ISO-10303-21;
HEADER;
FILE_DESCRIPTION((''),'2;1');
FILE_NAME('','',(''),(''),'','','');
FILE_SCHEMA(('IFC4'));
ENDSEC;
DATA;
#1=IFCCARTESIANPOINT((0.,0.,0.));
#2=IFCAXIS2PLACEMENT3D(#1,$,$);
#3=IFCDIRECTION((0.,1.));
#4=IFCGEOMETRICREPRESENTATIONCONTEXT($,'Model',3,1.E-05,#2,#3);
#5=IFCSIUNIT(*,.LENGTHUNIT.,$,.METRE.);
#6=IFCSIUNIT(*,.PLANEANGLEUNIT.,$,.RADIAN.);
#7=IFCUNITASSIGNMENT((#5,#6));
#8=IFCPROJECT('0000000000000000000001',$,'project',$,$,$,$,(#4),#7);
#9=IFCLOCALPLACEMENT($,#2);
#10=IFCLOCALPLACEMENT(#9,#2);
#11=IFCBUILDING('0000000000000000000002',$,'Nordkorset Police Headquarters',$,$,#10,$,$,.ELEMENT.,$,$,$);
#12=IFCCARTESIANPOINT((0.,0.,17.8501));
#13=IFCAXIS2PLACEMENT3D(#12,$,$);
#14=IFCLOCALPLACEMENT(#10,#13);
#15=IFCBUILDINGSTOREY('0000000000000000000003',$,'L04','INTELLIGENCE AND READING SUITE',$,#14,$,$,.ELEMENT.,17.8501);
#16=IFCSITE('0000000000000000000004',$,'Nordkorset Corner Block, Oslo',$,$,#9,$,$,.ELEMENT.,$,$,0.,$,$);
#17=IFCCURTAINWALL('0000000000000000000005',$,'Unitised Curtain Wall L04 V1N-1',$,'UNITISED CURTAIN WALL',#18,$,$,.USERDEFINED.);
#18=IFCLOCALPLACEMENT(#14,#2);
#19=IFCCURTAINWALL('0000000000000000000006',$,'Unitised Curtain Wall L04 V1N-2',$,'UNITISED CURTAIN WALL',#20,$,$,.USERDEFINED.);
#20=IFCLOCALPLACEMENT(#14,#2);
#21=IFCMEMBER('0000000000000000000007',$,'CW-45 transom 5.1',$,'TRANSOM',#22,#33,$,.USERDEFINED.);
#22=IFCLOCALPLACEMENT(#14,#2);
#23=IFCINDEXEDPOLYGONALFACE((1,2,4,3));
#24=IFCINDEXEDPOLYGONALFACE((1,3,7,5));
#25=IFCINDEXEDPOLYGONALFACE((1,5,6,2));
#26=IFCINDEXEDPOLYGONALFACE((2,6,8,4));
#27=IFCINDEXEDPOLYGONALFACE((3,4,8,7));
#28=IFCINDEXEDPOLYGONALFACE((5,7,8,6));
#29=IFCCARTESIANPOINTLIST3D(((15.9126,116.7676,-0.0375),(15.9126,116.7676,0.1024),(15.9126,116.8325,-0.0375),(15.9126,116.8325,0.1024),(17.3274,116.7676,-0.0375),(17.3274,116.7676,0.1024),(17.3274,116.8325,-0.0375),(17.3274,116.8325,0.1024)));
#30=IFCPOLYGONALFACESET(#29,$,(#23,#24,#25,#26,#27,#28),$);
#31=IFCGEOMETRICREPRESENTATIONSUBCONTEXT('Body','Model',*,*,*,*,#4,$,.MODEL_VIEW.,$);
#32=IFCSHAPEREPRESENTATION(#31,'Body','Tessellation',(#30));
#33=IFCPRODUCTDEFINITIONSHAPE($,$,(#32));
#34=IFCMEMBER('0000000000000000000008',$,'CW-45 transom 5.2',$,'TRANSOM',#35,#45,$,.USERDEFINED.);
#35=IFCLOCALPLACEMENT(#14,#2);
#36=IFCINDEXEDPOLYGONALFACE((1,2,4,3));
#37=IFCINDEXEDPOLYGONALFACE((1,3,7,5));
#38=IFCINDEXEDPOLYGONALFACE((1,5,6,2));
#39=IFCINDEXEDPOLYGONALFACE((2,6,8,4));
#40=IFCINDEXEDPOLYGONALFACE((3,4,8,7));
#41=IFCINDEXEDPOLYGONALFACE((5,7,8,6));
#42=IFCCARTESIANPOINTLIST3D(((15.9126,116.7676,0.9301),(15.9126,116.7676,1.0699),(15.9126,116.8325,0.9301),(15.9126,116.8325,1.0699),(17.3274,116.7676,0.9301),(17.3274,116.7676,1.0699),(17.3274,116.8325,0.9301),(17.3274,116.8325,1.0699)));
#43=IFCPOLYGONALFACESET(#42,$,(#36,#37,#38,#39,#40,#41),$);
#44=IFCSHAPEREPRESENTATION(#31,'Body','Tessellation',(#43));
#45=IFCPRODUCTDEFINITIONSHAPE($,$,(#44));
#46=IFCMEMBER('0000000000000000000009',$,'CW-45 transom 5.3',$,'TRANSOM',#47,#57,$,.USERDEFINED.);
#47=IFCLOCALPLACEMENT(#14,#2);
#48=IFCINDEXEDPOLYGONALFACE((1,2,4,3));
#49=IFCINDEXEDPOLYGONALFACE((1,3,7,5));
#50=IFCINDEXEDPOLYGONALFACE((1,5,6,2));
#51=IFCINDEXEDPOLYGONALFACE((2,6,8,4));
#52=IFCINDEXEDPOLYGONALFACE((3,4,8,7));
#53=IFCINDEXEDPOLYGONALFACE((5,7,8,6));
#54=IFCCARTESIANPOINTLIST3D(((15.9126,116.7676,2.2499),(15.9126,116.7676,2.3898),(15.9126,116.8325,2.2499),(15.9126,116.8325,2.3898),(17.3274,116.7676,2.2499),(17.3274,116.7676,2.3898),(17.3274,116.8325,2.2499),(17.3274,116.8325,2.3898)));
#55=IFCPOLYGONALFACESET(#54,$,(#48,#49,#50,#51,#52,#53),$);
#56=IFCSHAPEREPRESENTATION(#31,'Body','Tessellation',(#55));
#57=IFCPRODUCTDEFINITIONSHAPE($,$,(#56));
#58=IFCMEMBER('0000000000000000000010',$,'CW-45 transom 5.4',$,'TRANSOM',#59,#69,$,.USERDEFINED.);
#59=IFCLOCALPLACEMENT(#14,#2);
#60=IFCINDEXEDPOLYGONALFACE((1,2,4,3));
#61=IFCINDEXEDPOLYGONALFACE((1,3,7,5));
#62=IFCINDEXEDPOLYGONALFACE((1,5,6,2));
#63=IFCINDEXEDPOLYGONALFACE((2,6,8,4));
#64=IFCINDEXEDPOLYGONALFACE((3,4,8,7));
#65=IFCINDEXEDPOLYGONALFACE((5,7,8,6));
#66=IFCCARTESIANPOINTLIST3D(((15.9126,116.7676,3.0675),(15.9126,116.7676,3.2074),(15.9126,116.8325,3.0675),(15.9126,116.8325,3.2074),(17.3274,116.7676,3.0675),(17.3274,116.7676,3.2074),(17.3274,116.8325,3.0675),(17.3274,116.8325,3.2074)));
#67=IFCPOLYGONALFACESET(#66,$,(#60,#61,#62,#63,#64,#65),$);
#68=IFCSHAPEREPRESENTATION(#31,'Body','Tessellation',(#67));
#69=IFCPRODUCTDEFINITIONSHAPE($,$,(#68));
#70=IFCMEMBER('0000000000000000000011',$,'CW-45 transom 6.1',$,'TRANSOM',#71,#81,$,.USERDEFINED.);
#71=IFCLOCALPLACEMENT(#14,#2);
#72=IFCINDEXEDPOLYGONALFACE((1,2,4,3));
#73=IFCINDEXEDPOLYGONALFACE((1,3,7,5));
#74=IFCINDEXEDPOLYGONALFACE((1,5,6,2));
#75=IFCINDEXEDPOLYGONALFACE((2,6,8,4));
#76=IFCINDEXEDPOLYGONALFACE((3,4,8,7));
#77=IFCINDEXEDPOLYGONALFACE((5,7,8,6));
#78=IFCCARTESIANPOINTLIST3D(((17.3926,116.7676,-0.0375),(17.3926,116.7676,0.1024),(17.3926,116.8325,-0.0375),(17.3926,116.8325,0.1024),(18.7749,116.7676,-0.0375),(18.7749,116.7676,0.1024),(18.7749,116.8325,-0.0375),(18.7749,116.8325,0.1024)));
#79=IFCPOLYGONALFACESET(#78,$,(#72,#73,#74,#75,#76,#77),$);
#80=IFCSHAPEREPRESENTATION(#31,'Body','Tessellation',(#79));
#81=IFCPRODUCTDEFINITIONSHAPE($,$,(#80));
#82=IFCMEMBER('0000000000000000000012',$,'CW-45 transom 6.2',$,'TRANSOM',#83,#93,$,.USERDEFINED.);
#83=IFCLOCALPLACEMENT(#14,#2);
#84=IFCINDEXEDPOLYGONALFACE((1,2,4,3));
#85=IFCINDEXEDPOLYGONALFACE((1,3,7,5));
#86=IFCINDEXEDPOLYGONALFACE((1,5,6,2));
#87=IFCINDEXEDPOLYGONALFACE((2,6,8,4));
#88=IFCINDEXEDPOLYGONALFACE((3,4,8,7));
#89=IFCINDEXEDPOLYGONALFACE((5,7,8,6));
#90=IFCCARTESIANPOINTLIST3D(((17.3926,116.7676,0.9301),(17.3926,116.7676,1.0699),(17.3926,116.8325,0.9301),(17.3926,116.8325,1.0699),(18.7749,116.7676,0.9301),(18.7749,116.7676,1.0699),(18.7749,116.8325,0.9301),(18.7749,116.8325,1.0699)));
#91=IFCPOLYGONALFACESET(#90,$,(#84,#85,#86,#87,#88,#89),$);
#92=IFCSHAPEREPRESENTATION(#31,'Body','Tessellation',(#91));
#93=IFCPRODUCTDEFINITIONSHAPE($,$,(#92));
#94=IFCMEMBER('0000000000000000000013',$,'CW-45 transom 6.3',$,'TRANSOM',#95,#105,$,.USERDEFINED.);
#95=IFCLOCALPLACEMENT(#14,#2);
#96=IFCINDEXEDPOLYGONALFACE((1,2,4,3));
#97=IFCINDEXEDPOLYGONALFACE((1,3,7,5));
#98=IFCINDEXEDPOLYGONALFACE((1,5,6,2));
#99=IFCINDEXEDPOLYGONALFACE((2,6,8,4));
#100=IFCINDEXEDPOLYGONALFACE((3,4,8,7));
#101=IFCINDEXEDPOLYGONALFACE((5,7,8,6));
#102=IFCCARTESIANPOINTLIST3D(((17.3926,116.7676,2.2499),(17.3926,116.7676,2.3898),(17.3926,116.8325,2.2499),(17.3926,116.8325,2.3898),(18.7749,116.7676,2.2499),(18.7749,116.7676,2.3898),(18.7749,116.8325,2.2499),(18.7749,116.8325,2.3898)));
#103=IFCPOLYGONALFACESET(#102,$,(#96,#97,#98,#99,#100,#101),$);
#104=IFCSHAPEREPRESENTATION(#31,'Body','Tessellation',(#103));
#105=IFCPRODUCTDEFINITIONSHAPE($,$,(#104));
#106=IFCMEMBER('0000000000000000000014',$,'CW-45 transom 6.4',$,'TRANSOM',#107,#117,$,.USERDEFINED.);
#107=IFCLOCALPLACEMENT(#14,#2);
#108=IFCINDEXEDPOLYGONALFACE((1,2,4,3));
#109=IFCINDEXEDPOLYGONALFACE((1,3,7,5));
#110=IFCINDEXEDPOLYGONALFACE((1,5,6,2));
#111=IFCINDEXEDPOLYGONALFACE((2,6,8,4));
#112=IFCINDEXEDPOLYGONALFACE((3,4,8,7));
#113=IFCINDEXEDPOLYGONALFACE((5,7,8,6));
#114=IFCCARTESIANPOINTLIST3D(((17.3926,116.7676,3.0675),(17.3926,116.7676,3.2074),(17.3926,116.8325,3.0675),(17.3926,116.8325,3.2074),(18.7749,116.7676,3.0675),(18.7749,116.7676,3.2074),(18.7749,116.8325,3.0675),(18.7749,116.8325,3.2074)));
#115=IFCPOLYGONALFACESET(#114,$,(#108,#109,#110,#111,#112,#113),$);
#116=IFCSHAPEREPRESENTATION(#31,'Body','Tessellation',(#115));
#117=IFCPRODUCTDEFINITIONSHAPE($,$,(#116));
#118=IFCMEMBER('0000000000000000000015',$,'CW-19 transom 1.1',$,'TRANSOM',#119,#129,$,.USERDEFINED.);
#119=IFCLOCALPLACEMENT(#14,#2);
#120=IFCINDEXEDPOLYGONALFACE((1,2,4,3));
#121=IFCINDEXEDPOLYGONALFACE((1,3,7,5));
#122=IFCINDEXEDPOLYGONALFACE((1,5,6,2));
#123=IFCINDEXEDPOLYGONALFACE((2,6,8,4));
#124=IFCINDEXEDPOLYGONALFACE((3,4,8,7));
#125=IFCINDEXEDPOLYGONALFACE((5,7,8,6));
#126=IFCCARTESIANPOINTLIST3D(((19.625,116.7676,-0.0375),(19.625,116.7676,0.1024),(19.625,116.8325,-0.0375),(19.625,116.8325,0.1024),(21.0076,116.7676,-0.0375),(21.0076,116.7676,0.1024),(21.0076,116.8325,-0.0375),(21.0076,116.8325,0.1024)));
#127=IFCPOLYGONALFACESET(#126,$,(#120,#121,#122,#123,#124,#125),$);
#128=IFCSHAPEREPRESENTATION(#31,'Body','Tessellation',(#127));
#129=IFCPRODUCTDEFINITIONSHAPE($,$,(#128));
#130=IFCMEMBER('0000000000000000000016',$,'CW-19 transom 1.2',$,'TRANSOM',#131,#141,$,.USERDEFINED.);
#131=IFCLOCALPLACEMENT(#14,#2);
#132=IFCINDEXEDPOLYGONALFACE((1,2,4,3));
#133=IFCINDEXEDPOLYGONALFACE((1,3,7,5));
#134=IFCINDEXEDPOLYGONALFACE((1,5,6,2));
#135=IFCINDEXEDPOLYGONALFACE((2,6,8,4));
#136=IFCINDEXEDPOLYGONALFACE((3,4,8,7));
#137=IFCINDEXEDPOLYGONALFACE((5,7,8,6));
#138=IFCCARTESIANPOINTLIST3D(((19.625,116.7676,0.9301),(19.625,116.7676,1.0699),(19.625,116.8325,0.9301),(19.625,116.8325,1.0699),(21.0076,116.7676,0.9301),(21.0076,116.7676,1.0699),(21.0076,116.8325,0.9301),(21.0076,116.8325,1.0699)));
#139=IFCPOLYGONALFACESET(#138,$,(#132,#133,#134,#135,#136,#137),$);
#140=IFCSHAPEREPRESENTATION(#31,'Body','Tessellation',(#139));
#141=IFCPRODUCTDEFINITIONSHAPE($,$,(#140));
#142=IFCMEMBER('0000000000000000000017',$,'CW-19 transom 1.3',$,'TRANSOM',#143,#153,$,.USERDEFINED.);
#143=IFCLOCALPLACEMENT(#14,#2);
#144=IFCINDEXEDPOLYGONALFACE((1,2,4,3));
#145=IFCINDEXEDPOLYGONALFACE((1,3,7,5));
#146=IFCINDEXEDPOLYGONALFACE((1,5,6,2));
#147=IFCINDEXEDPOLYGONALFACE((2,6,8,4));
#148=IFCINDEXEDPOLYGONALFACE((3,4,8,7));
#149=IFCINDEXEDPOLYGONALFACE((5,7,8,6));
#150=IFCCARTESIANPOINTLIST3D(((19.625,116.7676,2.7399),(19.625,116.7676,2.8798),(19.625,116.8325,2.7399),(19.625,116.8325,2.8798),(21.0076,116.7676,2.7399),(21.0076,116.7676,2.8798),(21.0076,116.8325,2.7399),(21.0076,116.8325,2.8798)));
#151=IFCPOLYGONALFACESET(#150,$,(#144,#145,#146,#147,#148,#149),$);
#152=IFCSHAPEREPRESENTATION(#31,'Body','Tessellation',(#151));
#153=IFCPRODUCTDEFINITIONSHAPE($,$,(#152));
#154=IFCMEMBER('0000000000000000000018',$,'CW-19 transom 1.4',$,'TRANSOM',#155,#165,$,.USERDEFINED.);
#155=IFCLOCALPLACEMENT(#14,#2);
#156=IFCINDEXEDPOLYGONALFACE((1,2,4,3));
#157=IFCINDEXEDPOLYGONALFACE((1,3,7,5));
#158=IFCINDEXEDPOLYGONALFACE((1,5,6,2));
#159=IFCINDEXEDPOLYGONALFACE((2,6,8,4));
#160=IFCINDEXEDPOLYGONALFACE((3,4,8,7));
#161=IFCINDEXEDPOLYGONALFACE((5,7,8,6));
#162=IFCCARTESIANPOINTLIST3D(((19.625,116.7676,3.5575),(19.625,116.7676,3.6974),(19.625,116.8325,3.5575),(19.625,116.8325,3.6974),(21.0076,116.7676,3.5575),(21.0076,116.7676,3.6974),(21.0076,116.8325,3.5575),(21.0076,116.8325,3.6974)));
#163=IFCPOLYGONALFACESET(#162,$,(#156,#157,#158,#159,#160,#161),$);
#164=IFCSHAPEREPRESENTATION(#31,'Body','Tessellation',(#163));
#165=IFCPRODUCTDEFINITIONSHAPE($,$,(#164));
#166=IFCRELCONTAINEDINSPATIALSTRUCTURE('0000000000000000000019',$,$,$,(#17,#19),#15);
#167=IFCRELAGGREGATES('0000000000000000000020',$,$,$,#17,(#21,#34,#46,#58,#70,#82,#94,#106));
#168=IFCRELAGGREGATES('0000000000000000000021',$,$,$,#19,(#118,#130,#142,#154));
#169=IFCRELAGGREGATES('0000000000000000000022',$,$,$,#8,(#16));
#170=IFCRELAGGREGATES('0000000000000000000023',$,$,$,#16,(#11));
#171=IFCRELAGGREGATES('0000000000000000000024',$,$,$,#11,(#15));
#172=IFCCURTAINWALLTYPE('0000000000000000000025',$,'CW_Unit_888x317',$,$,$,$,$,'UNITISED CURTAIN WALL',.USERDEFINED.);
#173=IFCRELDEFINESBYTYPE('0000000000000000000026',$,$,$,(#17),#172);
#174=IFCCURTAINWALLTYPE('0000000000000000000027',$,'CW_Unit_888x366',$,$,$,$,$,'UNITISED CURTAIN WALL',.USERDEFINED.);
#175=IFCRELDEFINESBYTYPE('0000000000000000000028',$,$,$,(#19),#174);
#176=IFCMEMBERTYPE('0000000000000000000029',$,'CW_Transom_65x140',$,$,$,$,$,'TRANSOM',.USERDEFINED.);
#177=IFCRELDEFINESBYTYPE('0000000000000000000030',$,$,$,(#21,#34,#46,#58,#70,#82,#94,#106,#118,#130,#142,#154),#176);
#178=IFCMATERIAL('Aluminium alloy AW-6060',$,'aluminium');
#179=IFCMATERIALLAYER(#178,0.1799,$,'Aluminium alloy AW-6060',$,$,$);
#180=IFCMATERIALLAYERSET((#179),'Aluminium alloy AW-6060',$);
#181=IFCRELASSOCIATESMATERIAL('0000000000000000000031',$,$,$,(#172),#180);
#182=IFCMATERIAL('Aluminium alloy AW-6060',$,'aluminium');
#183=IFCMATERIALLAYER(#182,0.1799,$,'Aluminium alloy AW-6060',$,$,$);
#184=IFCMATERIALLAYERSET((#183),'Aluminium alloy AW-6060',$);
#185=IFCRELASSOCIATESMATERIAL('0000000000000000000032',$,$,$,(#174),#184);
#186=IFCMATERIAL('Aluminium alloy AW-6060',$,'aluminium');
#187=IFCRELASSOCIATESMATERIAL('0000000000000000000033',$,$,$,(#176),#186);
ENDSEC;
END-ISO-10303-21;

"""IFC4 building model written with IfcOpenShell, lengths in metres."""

from ifc_helpers import new_model, si_unit, direction, frame, origin, origin_2d, place, context, subcontext, project, spatial, rectangle, extrude, material, layer, layer_set, material_profile, profile_set, type_object, element, aggregate, save


model = new_model("IFC4")

# Units and contexts
model_context = context("Model", 3, precision=1e-05, world=origin(), true_north=direction((0.0, 1.0)))
body_context = subcontext(model_context, "Body", "Model", "MODEL_VIEW")
ifc_project = project(units=[si_unit("LENGTHUNIT", "METRE"), si_unit("PLANEANGLEUNIT", "RADIAN")], contexts=[model_context])

# Site, building, storey
site_placement = place(None, origin())
site = spatial("IfcSite", under=ifc_project, at=site_placement, Name="Nordkorset Corner Block, Oslo", CompositionType="ELEMENT", RefElevation=0.0)
building_placement = place(site_placement, origin())
building = spatial("IfcBuilding", under=site, at=building_placement, Name="Nordkorset Police Headquarters", CompositionType="ELEMENT")
storey_placement = place(building_placement, frame((0.0, 0.0, 17.8501)))
storey = spatial("IfcBuildingStorey", under=building, at=storey_placement, Name="L04", Description="INTELLIGENCE AND READING SUITE", CompositionType="ELEMENT", Elevation=17.8501)

# Curtain wall
ifc_material_1 = material(Name="Aluminium alloy AW-6060", Category="aluminium")
ifc_layer_1 = layer(ifc_material_1, 0.1799, Name="Aluminium alloy AW-6060")
ifc_layer_set_1 = layer_set([ifc_layer_1], Name="Aluminium alloy AW-6060")
curtain_wall_type_1 = type_object("IfcCurtainWallType", Name="CW_Unit_888x317", ElementType="UNITISED CURTAIN WALL", PredefinedType="USERDEFINED", material=ifc_layer_set_1)
curtain_wall_1_placement = place(storey_placement, origin())
curtain_wall_1 = element("IfcCurtainWall", 1, at=curtain_wall_1_placement, inside=storey, type_object=curtain_wall_type_1, Name="Unitised Curtain Wall L04 V1N-1", ObjectType="UNITISED CURTAIN WALL", PredefinedType="USERDEFINED")

# Curtain wall
ifc_material_2 = material(Name="Aluminium alloy AW-6060", Category="aluminium")
ifc_layer_2 = layer(ifc_material_2, 0.1799, Name="Aluminium alloy AW-6060")
ifc_layer_set_2 = layer_set([ifc_layer_2], Name="Aluminium alloy AW-6060")
curtain_wall_type_2 = type_object("IfcCurtainWallType", Name="CW_Unit_888x366", ElementType="UNITISED CURTAIN WALL", PredefinedType="USERDEFINED", material=ifc_layer_set_2)
curtain_wall_2_placement = place(storey_placement, origin())
curtain_wall_2 = element("IfcCurtainWall", 2, at=curtain_wall_2_placement, inside=storey, type_object=curtain_wall_type_2, Name="Unitised Curtain Wall L04 V1N-2", ObjectType="UNITISED CURTAIN WALL", PredefinedType="USERDEFINED")

# Members
ifc_material_3 = material(Name="Aluminium alloy AW-6060", Category="aluminium")
ifc_material_profile_1 = material_profile(ifc_material_3, rectangle(XDim=0.0649, YDim=0.1399, at=origin_2d()), Name="ALU TRAN 65x140")
ifc_profile_set_1 = profile_set([ifc_material_profile_1], Name="Aluminium alloy AW-6060")
member_type_1 = type_object("IfcMemberType", Name="CW_Transom_65x140", ElementType="TRANSOM", PredefinedType="USERDEFINED", material=ifc_profile_set_1)
member_1_placement = place(storey_placement, frame((15.9126, 116.8, 0.0325), z_axis=(1.0, 0.0, 0.0), x_axis=(0.0, 1.0, 0.0)))
member_1 = element("IfcMember", 3, at=member_1_placement, type_object=member_type_1, Name="CW-45 transom 5.1", ObjectType="TRANSOM", PredefinedType="USERDEFINED", context=body_context, shape_type="SweptSolid", body=[
    extrude(rectangle(XDim=0.0649, YDim=0.1399, at=origin_2d()), origin(), (0.0, 0.0, 1.0), 1.4148),
])
member_2_placement = place(storey_placement, frame((15.9126, 116.8, 1.0), z_axis=(1.0, 0.0, 0.0), x_axis=(0.0, 1.0, 0.0)))
member_2 = element("IfcMember", 4, at=member_2_placement, type_object=member_type_1, Name="CW-45 transom 5.2", ObjectType="TRANSOM", PredefinedType="USERDEFINED", context=body_context, shape_type="SweptSolid", body=[
    extrude(rectangle(XDim=0.0649, YDim=0.1399, at=origin_2d()), origin(), (0.0, 0.0, 1.0), 1.4148),
])
member_3_placement = place(storey_placement, frame((15.9126, 116.8, 2.3198), z_axis=(1.0, 0.0, 0.0), x_axis=(0.0, 1.0, 0.0)))
member_3 = element("IfcMember", 5, at=member_3_placement, type_object=member_type_1, Name="CW-45 transom 5.3", ObjectType="TRANSOM", PredefinedType="USERDEFINED", context=body_context, shape_type="SweptSolid", body=[
    extrude(rectangle(XDim=0.0649, YDim=0.1399, at=origin_2d()), origin(), (0.0, 0.0, 1.0), 1.4148),
])
member_4_placement = place(storey_placement, frame((15.9126, 116.8, 3.1375), z_axis=(1.0, 0.0, 0.0), x_axis=(0.0, 1.0, 0.0)))
member_4 = element("IfcMember", 6, at=member_4_placement, type_object=member_type_1, Name="CW-45 transom 5.4", ObjectType="TRANSOM", PredefinedType="USERDEFINED", context=body_context, shape_type="SweptSolid", body=[
    extrude(rectangle(XDim=0.0649, YDim=0.1399, at=origin_2d()), origin(), (0.0, 0.0, 1.0), 1.4148),
])
member_5_placement = place(storey_placement, frame((17.3926, 116.8, 0.0325), z_axis=(1.0, 0.0, 0.0), x_axis=(0.0, 1.0, 0.0)))
member_5 = element("IfcMember", 7, at=member_5_placement, type_object=member_type_1, Name="CW-45 transom 6.1", ObjectType="TRANSOM", PredefinedType="USERDEFINED", context=body_context, shape_type="SweptSolid", body=[
    extrude(rectangle(XDim=0.0649, YDim=0.1399, at=origin_2d()), origin(), (0.0, 0.0, 1.0), 1.3823),
])
member_6_placement = place(storey_placement, frame((17.3926, 116.8, 1.0), z_axis=(1.0, 0.0, 0.0), x_axis=(0.0, 1.0, 0.0)))
member_6 = element("IfcMember", 8, at=member_6_placement, type_object=member_type_1, Name="CW-45 transom 6.2", ObjectType="TRANSOM", PredefinedType="USERDEFINED", context=body_context, shape_type="SweptSolid", body=[
    extrude(rectangle(XDim=0.0649, YDim=0.1399, at=origin_2d()), origin(), (0.0, 0.0, 1.0), 1.3823),
])
member_7_placement = place(storey_placement, frame((17.3926, 116.8, 2.3198), z_axis=(1.0, 0.0, 0.0), x_axis=(0.0, 1.0, 0.0)))
member_7 = element("IfcMember", 9, at=member_7_placement, type_object=member_type_1, Name="CW-45 transom 6.3", ObjectType="TRANSOM", PredefinedType="USERDEFINED", context=body_context, shape_type="SweptSolid", body=[
    extrude(rectangle(XDim=0.0649, YDim=0.1399, at=origin_2d()), origin(), (0.0, 0.0, 1.0), 1.3823),
])
member_8_placement = place(storey_placement, frame((17.3926, 116.8, 3.1375), z_axis=(1.0, 0.0, 0.0), x_axis=(0.0, 1.0, 0.0)))
member_8 = element("IfcMember", 10, at=member_8_placement, type_object=member_type_1, Name="CW-45 transom 6.4", ObjectType="TRANSOM", PredefinedType="USERDEFINED", context=body_context, shape_type="SweptSolid", body=[
    extrude(rectangle(XDim=0.0649, YDim=0.1399, at=origin_2d()), origin(), (0.0, 0.0, 1.0), 1.3823),
])
member_9_placement = place(storey_placement, frame((19.625, 116.8, 0.0325), z_axis=(1.0, 0.0, 0.0), x_axis=(0.0, 1.0, 0.0)))
member_9 = element("IfcMember", 11, at=member_9_placement, type_object=member_type_1, Name="CW-19 transom 1.1", ObjectType="TRANSOM", PredefinedType="USERDEFINED", context=body_context, shape_type="SweptSolid", body=[
    extrude(rectangle(XDim=0.0649, YDim=0.1399, at=origin_2d()), origin(), (0.0, 0.0, 1.0), 1.3826),
])
member_10_placement = place(storey_placement, frame((19.625, 116.8, 1.0), z_axis=(1.0, 0.0, 0.0), x_axis=(0.0, 1.0, 0.0)))
member_10 = element("IfcMember", 12, at=member_10_placement, type_object=member_type_1, Name="CW-19 transom 1.2", ObjectType="TRANSOM", PredefinedType="USERDEFINED", context=body_context, shape_type="SweptSolid", body=[
    extrude(rectangle(XDim=0.0649, YDim=0.1399, at=origin_2d()), origin(), (0.0, 0.0, 1.0), 1.3826),
])
member_11_placement = place(storey_placement, frame((19.625, 116.8, 2.8098), z_axis=(1.0, 0.0, 0.0), x_axis=(0.0, 1.0, 0.0)))
member_11 = element("IfcMember", 13, at=member_11_placement, type_object=member_type_1, Name="CW-19 transom 1.3", ObjectType="TRANSOM", PredefinedType="USERDEFINED", context=body_context, shape_type="SweptSolid", body=[
    extrude(rectangle(XDim=0.0649, YDim=0.1399, at=origin_2d()), origin(), (0.0, 0.0, 1.0), 1.3826),
])
member_12_placement = place(storey_placement, frame((19.625, 116.8, 3.6274), z_axis=(1.0, 0.0, 0.0), x_axis=(0.0, 1.0, 0.0)))
member_12 = element("IfcMember", 14, at=member_12_placement, type_object=member_type_1, Name="CW-19 transom 1.4", ObjectType="TRANSOM", PredefinedType="USERDEFINED", context=body_context, shape_type="SweptSolid", body=[
    extrude(rectangle(XDim=0.0649, YDim=0.1399, at=origin_2d()), origin(), (0.0, 0.0, 1.0), 1.3826),
])

aggregate(curtain_wall_1, [member_1, member_2, member_3, member_4, member_5, member_6, member_7, member_8])
aggregate(curtain_wall_2, [member_9, member_10, member_11, member_12])

save(model, "model.ifc")
